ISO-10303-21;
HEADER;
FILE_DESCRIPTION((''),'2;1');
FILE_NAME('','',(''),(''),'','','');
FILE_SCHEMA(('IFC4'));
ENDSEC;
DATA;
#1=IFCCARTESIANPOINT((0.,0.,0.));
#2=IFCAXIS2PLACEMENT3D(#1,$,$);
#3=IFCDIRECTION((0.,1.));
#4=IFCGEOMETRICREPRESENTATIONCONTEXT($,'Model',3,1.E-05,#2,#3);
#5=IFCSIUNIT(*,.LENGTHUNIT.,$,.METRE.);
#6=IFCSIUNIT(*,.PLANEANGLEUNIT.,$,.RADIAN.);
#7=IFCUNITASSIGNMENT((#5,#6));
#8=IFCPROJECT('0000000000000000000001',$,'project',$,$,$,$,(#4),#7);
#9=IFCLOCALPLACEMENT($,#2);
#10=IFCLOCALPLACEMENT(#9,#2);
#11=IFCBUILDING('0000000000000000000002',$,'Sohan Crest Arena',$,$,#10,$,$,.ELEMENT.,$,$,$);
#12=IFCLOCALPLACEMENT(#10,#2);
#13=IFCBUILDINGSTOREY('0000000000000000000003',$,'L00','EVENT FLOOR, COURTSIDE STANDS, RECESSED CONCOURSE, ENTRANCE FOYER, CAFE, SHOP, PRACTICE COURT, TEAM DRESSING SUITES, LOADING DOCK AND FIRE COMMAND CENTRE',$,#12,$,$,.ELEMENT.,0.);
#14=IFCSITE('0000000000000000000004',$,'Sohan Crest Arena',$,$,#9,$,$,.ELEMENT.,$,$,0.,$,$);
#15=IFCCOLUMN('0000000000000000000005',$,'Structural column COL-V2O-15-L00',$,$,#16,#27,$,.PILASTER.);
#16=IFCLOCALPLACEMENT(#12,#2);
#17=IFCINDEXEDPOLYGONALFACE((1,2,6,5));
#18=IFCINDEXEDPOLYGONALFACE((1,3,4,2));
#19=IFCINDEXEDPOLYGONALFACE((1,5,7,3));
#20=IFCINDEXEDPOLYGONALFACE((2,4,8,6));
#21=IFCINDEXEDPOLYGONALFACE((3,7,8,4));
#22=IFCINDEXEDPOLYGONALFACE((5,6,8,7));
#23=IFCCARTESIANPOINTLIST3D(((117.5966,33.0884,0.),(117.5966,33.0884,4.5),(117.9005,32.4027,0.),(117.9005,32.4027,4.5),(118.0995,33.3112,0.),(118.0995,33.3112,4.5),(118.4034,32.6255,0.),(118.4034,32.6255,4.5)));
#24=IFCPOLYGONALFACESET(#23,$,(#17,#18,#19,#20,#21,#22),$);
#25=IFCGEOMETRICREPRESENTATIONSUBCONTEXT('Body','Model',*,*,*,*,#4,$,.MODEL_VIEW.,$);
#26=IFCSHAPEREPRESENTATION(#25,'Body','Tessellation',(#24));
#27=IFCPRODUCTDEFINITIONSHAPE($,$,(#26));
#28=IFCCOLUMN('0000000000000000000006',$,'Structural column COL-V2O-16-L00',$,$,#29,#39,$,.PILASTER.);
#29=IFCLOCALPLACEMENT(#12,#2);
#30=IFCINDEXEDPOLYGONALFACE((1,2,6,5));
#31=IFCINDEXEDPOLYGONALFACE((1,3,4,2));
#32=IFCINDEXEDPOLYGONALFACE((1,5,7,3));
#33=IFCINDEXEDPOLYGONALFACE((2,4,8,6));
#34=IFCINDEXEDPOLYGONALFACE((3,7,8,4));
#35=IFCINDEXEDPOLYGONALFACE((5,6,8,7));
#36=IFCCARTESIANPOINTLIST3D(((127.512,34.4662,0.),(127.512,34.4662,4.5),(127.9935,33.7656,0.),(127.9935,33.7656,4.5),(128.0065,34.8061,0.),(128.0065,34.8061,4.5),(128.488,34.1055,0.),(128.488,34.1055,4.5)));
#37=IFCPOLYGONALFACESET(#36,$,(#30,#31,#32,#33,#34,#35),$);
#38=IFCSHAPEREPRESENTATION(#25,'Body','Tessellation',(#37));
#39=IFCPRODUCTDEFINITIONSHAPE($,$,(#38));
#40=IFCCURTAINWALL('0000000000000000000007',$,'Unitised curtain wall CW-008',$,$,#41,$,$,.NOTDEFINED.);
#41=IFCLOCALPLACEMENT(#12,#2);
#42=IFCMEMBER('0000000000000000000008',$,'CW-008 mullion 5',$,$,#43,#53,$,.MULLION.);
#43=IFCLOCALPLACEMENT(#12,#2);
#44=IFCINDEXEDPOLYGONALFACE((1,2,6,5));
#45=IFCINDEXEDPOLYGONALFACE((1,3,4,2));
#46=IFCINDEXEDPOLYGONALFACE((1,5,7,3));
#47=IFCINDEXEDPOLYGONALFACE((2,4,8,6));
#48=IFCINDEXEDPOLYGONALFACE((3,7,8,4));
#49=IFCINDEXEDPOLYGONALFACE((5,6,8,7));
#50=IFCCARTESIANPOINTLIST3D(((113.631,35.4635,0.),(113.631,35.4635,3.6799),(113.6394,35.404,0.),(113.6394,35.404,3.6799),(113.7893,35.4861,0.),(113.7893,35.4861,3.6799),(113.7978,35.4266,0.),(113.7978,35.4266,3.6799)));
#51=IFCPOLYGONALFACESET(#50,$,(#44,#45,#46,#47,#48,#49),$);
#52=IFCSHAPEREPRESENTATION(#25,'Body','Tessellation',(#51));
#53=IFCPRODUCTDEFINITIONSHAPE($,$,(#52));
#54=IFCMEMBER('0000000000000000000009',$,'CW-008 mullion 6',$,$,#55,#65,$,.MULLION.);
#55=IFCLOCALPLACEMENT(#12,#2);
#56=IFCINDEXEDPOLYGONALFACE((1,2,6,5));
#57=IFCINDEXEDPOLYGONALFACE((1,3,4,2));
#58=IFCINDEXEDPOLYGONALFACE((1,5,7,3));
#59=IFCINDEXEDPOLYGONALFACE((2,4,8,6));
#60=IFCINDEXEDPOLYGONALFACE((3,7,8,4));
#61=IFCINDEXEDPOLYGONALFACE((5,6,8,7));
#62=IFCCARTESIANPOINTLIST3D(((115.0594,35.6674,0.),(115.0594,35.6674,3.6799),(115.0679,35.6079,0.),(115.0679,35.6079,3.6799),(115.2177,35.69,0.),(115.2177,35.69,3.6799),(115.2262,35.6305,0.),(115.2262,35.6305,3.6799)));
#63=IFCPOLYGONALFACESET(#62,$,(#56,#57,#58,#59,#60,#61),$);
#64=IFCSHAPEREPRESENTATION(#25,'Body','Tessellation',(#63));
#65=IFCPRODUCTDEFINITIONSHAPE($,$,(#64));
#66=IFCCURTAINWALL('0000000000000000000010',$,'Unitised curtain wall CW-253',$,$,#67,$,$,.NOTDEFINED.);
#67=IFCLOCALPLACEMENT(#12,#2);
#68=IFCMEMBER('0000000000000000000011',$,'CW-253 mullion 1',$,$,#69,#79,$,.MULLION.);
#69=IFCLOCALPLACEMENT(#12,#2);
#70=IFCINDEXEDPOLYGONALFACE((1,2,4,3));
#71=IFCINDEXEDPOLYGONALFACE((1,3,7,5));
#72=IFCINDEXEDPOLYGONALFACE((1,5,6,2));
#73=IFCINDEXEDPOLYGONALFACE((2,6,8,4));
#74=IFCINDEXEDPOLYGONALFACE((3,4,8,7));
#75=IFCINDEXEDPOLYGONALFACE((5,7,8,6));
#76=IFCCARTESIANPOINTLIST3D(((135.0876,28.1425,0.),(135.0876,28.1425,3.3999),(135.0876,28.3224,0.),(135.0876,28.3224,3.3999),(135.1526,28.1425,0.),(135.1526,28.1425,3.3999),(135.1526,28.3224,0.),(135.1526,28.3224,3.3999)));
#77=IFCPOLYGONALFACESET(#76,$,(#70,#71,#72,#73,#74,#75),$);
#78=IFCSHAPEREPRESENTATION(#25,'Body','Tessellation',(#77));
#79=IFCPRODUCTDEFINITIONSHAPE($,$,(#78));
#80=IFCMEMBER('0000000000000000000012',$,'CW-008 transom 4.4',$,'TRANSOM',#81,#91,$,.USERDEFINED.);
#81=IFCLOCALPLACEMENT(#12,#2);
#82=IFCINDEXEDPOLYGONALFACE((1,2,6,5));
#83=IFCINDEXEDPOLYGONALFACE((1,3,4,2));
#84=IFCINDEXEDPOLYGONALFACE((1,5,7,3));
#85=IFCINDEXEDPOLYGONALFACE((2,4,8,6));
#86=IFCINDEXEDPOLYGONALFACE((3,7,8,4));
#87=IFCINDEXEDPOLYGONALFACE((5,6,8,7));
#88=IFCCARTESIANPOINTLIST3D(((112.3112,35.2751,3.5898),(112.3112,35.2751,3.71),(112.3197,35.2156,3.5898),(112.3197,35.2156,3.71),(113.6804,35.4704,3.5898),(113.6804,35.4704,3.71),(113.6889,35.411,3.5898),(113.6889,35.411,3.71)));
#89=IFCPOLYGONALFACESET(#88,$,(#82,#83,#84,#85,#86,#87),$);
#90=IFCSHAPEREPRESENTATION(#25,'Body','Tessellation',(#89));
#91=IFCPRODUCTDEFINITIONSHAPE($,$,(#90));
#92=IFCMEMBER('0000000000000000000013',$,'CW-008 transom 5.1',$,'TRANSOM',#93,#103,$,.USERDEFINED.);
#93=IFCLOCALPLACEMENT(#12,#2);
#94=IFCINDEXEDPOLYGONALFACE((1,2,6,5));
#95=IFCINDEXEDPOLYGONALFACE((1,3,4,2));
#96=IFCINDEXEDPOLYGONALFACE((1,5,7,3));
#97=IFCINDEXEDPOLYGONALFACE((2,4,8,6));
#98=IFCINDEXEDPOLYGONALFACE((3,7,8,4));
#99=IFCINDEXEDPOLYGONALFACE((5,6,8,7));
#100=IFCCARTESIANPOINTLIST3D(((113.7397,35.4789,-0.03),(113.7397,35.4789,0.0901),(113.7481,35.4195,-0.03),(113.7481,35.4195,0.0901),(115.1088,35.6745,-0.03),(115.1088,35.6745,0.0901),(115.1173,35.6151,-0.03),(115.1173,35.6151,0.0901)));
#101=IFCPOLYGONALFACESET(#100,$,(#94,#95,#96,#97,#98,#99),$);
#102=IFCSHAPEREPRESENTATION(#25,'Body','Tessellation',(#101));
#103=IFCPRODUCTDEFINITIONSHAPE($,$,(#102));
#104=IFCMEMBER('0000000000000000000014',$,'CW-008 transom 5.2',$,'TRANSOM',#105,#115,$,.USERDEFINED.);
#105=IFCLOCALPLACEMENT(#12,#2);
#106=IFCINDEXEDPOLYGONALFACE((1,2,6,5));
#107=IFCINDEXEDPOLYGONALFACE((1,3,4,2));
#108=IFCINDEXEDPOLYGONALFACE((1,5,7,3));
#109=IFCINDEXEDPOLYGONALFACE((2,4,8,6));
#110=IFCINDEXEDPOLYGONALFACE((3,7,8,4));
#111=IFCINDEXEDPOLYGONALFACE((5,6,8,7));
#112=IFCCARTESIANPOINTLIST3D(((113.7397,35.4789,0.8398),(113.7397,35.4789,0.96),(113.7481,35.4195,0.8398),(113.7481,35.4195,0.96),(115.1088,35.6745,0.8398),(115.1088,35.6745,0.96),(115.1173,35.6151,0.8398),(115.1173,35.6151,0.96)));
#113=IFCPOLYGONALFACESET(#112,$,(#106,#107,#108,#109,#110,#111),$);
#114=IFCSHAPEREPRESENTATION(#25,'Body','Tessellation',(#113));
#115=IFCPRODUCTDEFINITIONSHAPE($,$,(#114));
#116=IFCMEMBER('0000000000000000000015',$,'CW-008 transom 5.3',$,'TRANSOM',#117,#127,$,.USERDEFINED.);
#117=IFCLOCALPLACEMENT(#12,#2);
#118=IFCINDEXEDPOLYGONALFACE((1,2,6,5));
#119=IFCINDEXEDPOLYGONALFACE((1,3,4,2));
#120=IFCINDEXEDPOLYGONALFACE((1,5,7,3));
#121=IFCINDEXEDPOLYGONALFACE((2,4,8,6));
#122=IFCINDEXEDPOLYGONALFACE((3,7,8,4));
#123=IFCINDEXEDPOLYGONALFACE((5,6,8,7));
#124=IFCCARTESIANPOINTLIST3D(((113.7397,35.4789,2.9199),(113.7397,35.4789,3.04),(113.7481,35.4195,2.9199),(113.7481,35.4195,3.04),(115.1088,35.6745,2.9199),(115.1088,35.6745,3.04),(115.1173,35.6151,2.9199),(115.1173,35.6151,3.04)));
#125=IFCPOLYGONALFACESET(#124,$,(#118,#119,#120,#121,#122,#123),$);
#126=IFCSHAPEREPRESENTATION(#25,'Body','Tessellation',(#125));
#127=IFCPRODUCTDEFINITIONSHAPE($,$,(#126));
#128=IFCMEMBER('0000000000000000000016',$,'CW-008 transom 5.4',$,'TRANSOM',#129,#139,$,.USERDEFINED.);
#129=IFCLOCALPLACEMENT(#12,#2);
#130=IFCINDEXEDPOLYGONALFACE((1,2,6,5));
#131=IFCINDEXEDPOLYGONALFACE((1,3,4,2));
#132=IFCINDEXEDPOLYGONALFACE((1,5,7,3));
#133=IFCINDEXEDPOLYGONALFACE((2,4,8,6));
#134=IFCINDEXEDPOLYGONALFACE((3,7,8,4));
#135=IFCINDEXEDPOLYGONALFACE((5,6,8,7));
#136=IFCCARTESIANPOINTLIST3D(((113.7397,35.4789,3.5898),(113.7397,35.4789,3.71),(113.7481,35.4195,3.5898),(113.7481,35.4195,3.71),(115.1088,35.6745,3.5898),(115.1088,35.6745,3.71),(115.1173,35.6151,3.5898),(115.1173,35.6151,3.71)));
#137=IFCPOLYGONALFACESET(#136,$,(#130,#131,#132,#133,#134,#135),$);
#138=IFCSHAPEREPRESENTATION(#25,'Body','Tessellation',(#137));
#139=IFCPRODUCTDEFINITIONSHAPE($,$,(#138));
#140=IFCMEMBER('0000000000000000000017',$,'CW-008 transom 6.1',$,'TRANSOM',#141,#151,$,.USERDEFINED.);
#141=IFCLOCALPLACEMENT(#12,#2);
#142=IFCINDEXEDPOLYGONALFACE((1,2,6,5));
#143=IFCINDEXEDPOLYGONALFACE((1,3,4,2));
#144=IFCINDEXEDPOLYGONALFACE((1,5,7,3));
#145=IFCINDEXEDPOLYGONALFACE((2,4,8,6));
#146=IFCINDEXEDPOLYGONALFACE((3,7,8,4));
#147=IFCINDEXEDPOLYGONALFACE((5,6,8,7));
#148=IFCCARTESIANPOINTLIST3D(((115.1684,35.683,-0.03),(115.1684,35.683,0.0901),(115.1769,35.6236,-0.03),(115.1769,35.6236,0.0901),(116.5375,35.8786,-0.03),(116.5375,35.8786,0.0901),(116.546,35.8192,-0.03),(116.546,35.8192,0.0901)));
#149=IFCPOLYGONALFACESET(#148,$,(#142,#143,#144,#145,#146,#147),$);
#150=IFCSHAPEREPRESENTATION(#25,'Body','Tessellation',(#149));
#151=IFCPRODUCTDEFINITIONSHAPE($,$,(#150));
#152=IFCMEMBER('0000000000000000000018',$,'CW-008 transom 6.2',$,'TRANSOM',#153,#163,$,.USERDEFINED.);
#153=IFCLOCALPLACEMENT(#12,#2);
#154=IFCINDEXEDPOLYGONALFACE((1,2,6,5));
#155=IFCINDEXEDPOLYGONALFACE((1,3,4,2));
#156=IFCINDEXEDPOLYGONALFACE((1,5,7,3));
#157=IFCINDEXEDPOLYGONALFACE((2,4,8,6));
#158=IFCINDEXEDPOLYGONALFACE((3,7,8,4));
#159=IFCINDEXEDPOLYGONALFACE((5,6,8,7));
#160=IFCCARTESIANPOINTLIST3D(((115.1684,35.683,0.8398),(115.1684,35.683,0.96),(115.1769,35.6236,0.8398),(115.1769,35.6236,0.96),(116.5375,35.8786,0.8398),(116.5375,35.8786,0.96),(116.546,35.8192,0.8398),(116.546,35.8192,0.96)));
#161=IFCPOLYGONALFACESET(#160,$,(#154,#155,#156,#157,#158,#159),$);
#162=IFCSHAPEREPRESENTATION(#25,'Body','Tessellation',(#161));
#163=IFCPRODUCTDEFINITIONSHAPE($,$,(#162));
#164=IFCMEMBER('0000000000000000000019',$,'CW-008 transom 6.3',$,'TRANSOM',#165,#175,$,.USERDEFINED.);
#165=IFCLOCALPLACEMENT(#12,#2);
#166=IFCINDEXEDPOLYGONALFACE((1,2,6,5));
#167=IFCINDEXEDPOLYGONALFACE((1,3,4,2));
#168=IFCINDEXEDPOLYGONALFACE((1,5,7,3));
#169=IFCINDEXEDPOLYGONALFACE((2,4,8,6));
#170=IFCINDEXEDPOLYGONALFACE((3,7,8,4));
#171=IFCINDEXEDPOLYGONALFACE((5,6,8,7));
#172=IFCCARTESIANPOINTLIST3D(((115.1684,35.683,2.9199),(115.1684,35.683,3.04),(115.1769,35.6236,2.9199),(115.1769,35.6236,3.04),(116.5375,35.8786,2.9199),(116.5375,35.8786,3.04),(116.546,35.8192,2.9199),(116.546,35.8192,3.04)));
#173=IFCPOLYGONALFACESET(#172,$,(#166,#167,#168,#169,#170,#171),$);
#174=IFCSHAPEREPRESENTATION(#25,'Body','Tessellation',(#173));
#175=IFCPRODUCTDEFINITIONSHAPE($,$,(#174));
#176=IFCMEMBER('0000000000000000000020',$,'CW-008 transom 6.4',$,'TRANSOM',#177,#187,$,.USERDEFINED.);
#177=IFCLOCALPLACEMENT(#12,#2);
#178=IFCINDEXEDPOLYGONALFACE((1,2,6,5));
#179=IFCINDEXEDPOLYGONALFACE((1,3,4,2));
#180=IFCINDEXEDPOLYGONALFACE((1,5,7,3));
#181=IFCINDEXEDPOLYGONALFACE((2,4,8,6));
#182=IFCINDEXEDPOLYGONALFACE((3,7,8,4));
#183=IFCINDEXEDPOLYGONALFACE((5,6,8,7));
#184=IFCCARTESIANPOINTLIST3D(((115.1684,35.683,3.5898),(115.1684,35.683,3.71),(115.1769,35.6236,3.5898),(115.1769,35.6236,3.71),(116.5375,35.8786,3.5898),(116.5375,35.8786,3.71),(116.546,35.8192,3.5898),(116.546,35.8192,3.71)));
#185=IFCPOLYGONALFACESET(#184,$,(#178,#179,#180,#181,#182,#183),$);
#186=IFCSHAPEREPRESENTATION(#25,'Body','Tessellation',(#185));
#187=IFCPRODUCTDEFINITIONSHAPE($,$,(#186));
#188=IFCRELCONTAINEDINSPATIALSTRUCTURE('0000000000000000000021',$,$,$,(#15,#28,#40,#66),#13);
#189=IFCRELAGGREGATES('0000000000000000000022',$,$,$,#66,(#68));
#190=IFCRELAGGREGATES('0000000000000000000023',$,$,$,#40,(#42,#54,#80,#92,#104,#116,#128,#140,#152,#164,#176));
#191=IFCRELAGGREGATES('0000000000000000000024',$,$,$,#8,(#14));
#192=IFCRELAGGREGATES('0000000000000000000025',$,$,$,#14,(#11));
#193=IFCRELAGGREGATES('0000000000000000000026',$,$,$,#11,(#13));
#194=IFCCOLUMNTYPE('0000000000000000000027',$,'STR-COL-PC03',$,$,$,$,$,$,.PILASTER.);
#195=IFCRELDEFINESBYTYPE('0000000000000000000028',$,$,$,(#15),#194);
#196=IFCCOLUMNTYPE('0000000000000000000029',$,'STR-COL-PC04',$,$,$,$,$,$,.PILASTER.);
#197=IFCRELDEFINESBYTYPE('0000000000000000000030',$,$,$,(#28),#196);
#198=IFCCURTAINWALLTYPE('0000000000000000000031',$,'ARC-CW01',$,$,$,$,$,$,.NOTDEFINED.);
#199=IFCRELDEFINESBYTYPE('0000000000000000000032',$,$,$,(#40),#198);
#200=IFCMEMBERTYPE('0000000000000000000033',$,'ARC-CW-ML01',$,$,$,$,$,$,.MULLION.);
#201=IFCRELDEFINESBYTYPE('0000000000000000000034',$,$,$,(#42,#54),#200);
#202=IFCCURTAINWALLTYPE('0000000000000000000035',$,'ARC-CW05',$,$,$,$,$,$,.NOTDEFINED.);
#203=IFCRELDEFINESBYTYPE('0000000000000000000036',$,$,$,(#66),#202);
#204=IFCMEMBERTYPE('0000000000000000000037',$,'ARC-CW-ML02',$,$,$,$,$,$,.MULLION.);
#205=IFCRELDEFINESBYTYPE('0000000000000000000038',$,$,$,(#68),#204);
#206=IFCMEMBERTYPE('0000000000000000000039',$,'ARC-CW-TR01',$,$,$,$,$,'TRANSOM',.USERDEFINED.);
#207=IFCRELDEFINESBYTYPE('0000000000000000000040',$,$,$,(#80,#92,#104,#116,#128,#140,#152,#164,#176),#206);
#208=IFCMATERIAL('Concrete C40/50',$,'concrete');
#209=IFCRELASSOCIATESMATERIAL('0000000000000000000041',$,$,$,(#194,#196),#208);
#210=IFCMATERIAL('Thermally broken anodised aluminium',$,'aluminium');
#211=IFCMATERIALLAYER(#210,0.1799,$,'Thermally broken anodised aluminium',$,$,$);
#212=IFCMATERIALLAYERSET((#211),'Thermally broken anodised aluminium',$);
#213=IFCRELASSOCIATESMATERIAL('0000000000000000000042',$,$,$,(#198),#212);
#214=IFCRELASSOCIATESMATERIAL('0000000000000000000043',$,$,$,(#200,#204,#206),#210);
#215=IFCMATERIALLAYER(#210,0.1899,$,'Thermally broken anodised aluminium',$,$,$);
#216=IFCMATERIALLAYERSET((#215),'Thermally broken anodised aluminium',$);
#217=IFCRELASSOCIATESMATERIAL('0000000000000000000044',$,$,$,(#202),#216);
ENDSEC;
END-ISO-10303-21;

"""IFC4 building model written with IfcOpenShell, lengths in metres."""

from ifc_helpers import new_model, si_unit, direction, frame, origin, origin_2d, place, context, subcontext, project, spatial, rectangle, extrude, material, layer, layer_set, material_profile, profile_set, type_object, element, aggregate, save


model = new_model("IFC4")

# Units and contexts
model_context = context("Model", 3, precision=1e-05, world=origin(), true_north=direction((0.0, 1.0)))
body_context = subcontext(model_context, "Body", "Model", "MODEL_VIEW")
ifc_project = project(units=[si_unit("LENGTHUNIT", "METRE"), si_unit("PLANEANGLEUNIT", "RADIAN")], contexts=[model_context])

# Site, building, storey
site_placement = place(None, origin())
site = spatial("IfcSite", under=ifc_project, at=site_placement, Name="Sohan Crest Arena", CompositionType="ELEMENT", RefElevation=0.0)
building_placement = place(site_placement, origin())
building = spatial("IfcBuilding", under=site, at=building_placement, Name="Sohan Crest Arena", CompositionType="ELEMENT")
storey_placement = place(building_placement, origin())
storey = spatial("IfcBuildingStorey", under=building, at=storey_placement, Name="L00", Description="EVENT FLOOR, COURTSIDE STANDS, RECESSED CONCOURSE, ENTRANCE FOYER, CAFE, SHOP, PRACTICE COURT, TEAM DRESSING SUITES, LOADING DOCK AND FIRE COMMAND CENTRE", CompositionType="ELEMENT", Elevation=0.0)

# Columns
ifc_material_1 = material(Name="Concrete C40/50", Category="concrete")
ifc_material_profile_1 = material_profile(ifc_material_1, rectangle(XDim=0.75, YDim=0.55, at=origin_2d()), Name="RC 750x550")
ifc_profile_set_1 = profile_set([ifc_material_profile_1], Name="Concrete C40/50")
column_type_1 = type_object("IfcColumnType", Name="STR-COL-PC03", PredefinedType="PILASTER", material=ifc_profile_set_1)
column_1_placement = place(storey_placement, frame((118.0, 32.8569, 0.0), z_axis=(0.0, 0.0, 1.0), x_axis=(-0.405142, 0.914254, 0.0)))
element("IfcColumn", 1, at=column_1_placement, inside=storey, type_object=column_type_1, Name="Structural column COL-V2O-15-L00", PredefinedType="PILASTER", context=body_context, shape_type="SweptSolid", body=[
    extrude(rectangle(XDim=0.75, YDim=0.55, at=origin_2d()), origin(), (0.0, 0.0, 1.0), 4.5),
])
ifc_material_profile_2 = material_profile(ifc_material_1, rectangle(XDim=0.8501, YDim=0.6001, at=origin_2d()), Name="RC 850x600")
ifc_profile_set_2 = profile_set([ifc_material_profile_2], Name="Concrete C40/50")
column_type_2 = type_object("IfcColumnType", Name="STR-COL-PC04", PredefinedType="PILASTER", material=ifc_profile_set_2)
column_2_placement = place(storey_placement, frame((128.0, 34.2859, 0.0), z_axis=(0.0, 0.0, 1.0), x_axis=(-0.566406, 0.824126, 0.0)))
element("IfcColumn", 2, at=column_2_placement, inside=storey, type_object=column_type_2, Name="Structural column COL-V2O-16-L00", PredefinedType="PILASTER", context=body_context, shape_type="SweptSolid", body=[
    extrude(rectangle(XDim=0.8501, YDim=0.6001, at=origin_2d()), origin(), (0.0, 0.0, 1.0), 4.5),
])

# Curtain wall, members
ifc_material_2 = material(Name="Thermally broken anodised aluminium", Category="aluminium")
ifc_layer_1 = layer(ifc_material_2, 0.1799, Name="Thermally broken anodised aluminium")
ifc_layer_set_1 = layer_set([ifc_layer_1], Name="Thermally broken anodised aluminium")
curtain_wall_type_1 = type_object("IfcCurtainWallType", Name="ARC-CW01", PredefinedType="NOTDEFINED", material=ifc_layer_set_1)
curtain_wall_1_placement = place(storey_placement, origin())
curtain_wall_1 = element("IfcCurtainWall", 3, at=curtain_wall_1_placement, inside=storey, type_object=curtain_wall_type_1, Name="Unitised curtain wall CW-008", PredefinedType="NOTDEFINED")
ifc_material_profile_3 = material_profile(ifc_material_2, rectangle(XDim=0.0601, YDim=0.1599, at=origin_2d()), Name="ALU-MULL 60x160")
ifc_profile_set_3 = profile_set([ifc_material_profile_3], Name="Thermally broken anodised aluminium")
member_type_1 = type_object("IfcMemberType", Name="ARC-CW-ML01", PredefinedType="MULLION", material=ifc_profile_set_3)
member_1_placement = place(storey_placement, frame((113.7144, 35.4451, 0.0), z_axis=(0.0, 0.0, 1.0), x_axis=(-0.141366, 0.989957, 0.0)))
member_1 = element("IfcMember", 4, at=member_1_placement, type_object=member_type_1, Name="CW-008 mullion 5", PredefinedType="MULLION", context=body_context, shape_type="SweptSolid", body=[
    extrude(rectangle(XDim=0.0601, YDim=0.1599, at=origin_2d()), origin(), (0.0, 0.0, 1.0), 3.6799),
])
member_2_placement = place(storey_placement, frame((115.1428, 35.6489, 0.0), z_axis=(0.0, 0.0, 1.0), x_axis=(-0.141366, 0.989957, 0.0)))
member_2 = element("IfcMember", 5, at=member_2_placement, type_object=member_type_1, Name="CW-008 mullion 6", PredefinedType="MULLION", context=body_context, shape_type="SweptSolid", body=[
    extrude(rectangle(XDim=0.0601, YDim=0.1599, at=origin_2d()), origin(), (0.0, 0.0, 1.0), 3.6799),
])

# Curtain wall, member
ifc_layer_2 = layer(ifc_material_2, 0.1899, Name="Thermally broken anodised aluminium")
ifc_layer_set_2 = layer_set([ifc_layer_2], Name="Thermally broken anodised aluminium")
curtain_wall_type_2 = type_object("IfcCurtainWallType", Name="ARC-CW05", PredefinedType="NOTDEFINED", material=ifc_layer_set_2)
curtain_wall_2_placement = place(storey_placement, origin())
curtain_wall_2 = element("IfcCurtainWall", 6, at=curtain_wall_2_placement, inside=storey, type_object=curtain_wall_type_2, Name="Unitised curtain wall CW-253", PredefinedType="NOTDEFINED")
ifc_material_profile_4 = material_profile(ifc_material_2, rectangle(XDim=0.0649, YDim=0.1799, at=origin_2d()), Name="ALU-MULL 65x180")
ifc_profile_set_4 = profile_set([ifc_material_profile_4], Name="Thermally broken anodised aluminium")
member_type_2 = type_object("IfcMemberType", Name="ARC-CW-ML02", PredefinedType="MULLION", material=ifc_profile_set_4)
member_3_placement = place(storey_placement, frame((135.1201, 28.2324, 0.0), z_axis=(0.0, 0.0, 1.0), x_axis=(-1.0, 0.0, 0.0)))
member_3 = element("IfcMember", 7, at=member_3_placement, type_object=member_type_2, Name="CW-253 mullion 1", PredefinedType="MULLION", context=body_context, shape_type="SweptSolid", body=[
    extrude(rectangle(XDim=0.0649, YDim=0.1799, at=origin_2d()), origin(), (0.0, 0.0, 1.0), 3.3999),
])

# Members
ifc_material_profile_5 = material_profile(ifc_material_2, rectangle(XDim=0.0601, YDim=0.1201, at=origin_2d()), Name="ALU-TRAN 60x120")
ifc_profile_set_5 = profile_set([ifc_material_profile_5], Name="Thermally broken anodised aluminium")
member_type_3 = type_object("IfcMemberType", Name="ARC-CW-TR01", ElementType="TRANSOM", PredefinedType="USERDEFINED", material=ifc_profile_set_5)
member_4_placement = place(storey_placement, frame((112.3154, 35.2454, 3.6499), z_axis=(0.989978, 0.141224, 0.0), x_axis=(-0.141224, 0.989978, 0.0)))
member_4 = element("IfcMember", 8, at=member_4_placement, type_object=member_type_3, Name="CW-008 transom 4.4", ObjectType="TRANSOM", PredefinedType="USERDEFINED", context=body_context, shape_type="SweptSolid", body=[
    extrude(rectangle(XDim=0.0601, YDim=0.1201, at=origin_2d()), origin(), (0.0, 0.0, 1.0), 1.3831),
])
member_5_placement = place(storey_placement, frame((113.7439, 35.4492, 0.03), z_axis=(0.989953, 0.141397, 0.0), x_axis=(-0.141397, 0.989953, 0.0)))
member_5 = element("IfcMember", 9, at=member_5_placement, type_object=member_type_3, Name="CW-008 transom 5.1", ObjectType="TRANSOM", PredefinedType="USERDEFINED", context=body_context, shape_type="SweptSolid", body=[
    extrude(rectangle(XDim=0.0601, YDim=0.1201, at=origin_2d()), origin(), (0.0, 0.0, 1.0), 1.3831),
])
member_6_placement = place(storey_placement, frame((113.7439, 35.4492, 0.8999), z_axis=(0.989953, 0.141397, 0.0), x_axis=(-0.141397, 0.989953, 0.0)))
member_6 = element("IfcMember", 10, at=member_6_placement, type_object=member_type_3, Name="CW-008 transom 5.2", ObjectType="TRANSOM", PredefinedType="USERDEFINED", context=body_context, shape_type="SweptSolid", body=[
    extrude(rectangle(XDim=0.0601, YDim=0.1201, at=origin_2d()), origin(), (0.0, 0.0, 1.0), 1.3831),
])
member_7_placement = place(storey_placement, frame((113.7439, 35.4492, 2.98), z_axis=(0.989953, 0.141397, 0.0), x_axis=(-0.141397, 0.989953, 0.0)))
member_7 = element("IfcMember", 11, at=member_7_placement, type_object=member_type_3, Name="CW-008 transom 5.3", ObjectType="TRANSOM", PredefinedType="USERDEFINED", context=body_context, shape_type="SweptSolid", body=[
    extrude(rectangle(XDim=0.0601, YDim=0.1201, at=origin_2d()), origin(), (0.0, 0.0, 1.0), 1.3831),
])
member_8_placement = place(storey_placement, frame((113.7439, 35.4492, 3.6499), z_axis=(0.989953, 0.141397, 0.0), x_axis=(-0.141397, 0.989953, 0.0)))
member_8 = element("IfcMember", 12, at=member_8_placement, type_object=member_type_3, Name="CW-008 transom 5.4", ObjectType="TRANSOM", PredefinedType="USERDEFINED", context=body_context, shape_type="SweptSolid", body=[
    extrude(rectangle(XDim=0.0601, YDim=0.1201, at=origin_2d()), origin(), (0.0, 0.0, 1.0), 1.3831),
])
member_9_placement = place(storey_placement, frame((115.1726, 35.6533, 0.03), z_axis=(0.989953, 0.141397, 0.0), x_axis=(-0.141397, 0.989953, 0.0)))
member_9 = element("IfcMember", 13, at=member_9_placement, type_object=member_type_3, Name="CW-008 transom 6.1", ObjectType="TRANSOM", PredefinedType="USERDEFINED", context=body_context, shape_type="SweptSolid", body=[
    extrude(rectangle(XDim=0.0601, YDim=0.1201, at=origin_2d()), origin(), (0.0, 0.0, 1.0), 1.3831),
])
member_10_placement = place(storey_placement, frame((115.1726, 35.6533, 0.8999), z_axis=(0.989953, 0.141397, 0.0), x_axis=(-0.141397, 0.989953, 0.0)))
member_10 = element("IfcMember", 14, at=member_10_placement, type_object=member_type_3, Name="CW-008 transom 6.2", ObjectType="TRANSOM", PredefinedType="USERDEFINED", context=body_context, shape_type="SweptSolid", body=[
    extrude(rectangle(XDim=0.0601, YDim=0.1201, at=origin_2d()), origin(), (0.0, 0.0, 1.0), 1.3831),
])
member_11_placement = place(storey_placement, frame((115.1726, 35.6533, 2.98), z_axis=(0.989953, 0.141397, 0.0), x_axis=(-0.141397, 0.989953, 0.0)))
member_11 = element("IfcMember", 15, at=member_11_placement, type_object=member_type_3, Name="CW-008 transom 6.3", ObjectType="TRANSOM", PredefinedType="USERDEFINED", context=body_context, shape_type="SweptSolid", body=[
    extrude(rectangle(XDim=0.0601, YDim=0.1201, at=origin_2d()), origin(), (0.0, 0.0, 1.0), 1.3831),
])
member_12_placement = place(storey_placement, frame((115.1726, 35.6533, 3.6499), z_axis=(0.989953, 0.141397, 0.0), x_axis=(-0.141397, 0.989953, 0.0)))
member_12 = element("IfcMember", 16, at=member_12_placement, type_object=member_type_3, Name="CW-008 transom 6.4", ObjectType="TRANSOM", PredefinedType="USERDEFINED", context=body_context, shape_type="SweptSolid", body=[
    extrude(rectangle(XDim=0.0601, YDim=0.1201, at=origin_2d()), origin(), (0.0, 0.0, 1.0), 1.3831),
])
aggregate(curtain_wall_2, [member_3])

aggregate(curtain_wall_1, [member_1, member_2, member_4, member_5, member_6, member_7, member_8, member_9, member_10, member_11, member_12])

save(model, "model.ifc")
